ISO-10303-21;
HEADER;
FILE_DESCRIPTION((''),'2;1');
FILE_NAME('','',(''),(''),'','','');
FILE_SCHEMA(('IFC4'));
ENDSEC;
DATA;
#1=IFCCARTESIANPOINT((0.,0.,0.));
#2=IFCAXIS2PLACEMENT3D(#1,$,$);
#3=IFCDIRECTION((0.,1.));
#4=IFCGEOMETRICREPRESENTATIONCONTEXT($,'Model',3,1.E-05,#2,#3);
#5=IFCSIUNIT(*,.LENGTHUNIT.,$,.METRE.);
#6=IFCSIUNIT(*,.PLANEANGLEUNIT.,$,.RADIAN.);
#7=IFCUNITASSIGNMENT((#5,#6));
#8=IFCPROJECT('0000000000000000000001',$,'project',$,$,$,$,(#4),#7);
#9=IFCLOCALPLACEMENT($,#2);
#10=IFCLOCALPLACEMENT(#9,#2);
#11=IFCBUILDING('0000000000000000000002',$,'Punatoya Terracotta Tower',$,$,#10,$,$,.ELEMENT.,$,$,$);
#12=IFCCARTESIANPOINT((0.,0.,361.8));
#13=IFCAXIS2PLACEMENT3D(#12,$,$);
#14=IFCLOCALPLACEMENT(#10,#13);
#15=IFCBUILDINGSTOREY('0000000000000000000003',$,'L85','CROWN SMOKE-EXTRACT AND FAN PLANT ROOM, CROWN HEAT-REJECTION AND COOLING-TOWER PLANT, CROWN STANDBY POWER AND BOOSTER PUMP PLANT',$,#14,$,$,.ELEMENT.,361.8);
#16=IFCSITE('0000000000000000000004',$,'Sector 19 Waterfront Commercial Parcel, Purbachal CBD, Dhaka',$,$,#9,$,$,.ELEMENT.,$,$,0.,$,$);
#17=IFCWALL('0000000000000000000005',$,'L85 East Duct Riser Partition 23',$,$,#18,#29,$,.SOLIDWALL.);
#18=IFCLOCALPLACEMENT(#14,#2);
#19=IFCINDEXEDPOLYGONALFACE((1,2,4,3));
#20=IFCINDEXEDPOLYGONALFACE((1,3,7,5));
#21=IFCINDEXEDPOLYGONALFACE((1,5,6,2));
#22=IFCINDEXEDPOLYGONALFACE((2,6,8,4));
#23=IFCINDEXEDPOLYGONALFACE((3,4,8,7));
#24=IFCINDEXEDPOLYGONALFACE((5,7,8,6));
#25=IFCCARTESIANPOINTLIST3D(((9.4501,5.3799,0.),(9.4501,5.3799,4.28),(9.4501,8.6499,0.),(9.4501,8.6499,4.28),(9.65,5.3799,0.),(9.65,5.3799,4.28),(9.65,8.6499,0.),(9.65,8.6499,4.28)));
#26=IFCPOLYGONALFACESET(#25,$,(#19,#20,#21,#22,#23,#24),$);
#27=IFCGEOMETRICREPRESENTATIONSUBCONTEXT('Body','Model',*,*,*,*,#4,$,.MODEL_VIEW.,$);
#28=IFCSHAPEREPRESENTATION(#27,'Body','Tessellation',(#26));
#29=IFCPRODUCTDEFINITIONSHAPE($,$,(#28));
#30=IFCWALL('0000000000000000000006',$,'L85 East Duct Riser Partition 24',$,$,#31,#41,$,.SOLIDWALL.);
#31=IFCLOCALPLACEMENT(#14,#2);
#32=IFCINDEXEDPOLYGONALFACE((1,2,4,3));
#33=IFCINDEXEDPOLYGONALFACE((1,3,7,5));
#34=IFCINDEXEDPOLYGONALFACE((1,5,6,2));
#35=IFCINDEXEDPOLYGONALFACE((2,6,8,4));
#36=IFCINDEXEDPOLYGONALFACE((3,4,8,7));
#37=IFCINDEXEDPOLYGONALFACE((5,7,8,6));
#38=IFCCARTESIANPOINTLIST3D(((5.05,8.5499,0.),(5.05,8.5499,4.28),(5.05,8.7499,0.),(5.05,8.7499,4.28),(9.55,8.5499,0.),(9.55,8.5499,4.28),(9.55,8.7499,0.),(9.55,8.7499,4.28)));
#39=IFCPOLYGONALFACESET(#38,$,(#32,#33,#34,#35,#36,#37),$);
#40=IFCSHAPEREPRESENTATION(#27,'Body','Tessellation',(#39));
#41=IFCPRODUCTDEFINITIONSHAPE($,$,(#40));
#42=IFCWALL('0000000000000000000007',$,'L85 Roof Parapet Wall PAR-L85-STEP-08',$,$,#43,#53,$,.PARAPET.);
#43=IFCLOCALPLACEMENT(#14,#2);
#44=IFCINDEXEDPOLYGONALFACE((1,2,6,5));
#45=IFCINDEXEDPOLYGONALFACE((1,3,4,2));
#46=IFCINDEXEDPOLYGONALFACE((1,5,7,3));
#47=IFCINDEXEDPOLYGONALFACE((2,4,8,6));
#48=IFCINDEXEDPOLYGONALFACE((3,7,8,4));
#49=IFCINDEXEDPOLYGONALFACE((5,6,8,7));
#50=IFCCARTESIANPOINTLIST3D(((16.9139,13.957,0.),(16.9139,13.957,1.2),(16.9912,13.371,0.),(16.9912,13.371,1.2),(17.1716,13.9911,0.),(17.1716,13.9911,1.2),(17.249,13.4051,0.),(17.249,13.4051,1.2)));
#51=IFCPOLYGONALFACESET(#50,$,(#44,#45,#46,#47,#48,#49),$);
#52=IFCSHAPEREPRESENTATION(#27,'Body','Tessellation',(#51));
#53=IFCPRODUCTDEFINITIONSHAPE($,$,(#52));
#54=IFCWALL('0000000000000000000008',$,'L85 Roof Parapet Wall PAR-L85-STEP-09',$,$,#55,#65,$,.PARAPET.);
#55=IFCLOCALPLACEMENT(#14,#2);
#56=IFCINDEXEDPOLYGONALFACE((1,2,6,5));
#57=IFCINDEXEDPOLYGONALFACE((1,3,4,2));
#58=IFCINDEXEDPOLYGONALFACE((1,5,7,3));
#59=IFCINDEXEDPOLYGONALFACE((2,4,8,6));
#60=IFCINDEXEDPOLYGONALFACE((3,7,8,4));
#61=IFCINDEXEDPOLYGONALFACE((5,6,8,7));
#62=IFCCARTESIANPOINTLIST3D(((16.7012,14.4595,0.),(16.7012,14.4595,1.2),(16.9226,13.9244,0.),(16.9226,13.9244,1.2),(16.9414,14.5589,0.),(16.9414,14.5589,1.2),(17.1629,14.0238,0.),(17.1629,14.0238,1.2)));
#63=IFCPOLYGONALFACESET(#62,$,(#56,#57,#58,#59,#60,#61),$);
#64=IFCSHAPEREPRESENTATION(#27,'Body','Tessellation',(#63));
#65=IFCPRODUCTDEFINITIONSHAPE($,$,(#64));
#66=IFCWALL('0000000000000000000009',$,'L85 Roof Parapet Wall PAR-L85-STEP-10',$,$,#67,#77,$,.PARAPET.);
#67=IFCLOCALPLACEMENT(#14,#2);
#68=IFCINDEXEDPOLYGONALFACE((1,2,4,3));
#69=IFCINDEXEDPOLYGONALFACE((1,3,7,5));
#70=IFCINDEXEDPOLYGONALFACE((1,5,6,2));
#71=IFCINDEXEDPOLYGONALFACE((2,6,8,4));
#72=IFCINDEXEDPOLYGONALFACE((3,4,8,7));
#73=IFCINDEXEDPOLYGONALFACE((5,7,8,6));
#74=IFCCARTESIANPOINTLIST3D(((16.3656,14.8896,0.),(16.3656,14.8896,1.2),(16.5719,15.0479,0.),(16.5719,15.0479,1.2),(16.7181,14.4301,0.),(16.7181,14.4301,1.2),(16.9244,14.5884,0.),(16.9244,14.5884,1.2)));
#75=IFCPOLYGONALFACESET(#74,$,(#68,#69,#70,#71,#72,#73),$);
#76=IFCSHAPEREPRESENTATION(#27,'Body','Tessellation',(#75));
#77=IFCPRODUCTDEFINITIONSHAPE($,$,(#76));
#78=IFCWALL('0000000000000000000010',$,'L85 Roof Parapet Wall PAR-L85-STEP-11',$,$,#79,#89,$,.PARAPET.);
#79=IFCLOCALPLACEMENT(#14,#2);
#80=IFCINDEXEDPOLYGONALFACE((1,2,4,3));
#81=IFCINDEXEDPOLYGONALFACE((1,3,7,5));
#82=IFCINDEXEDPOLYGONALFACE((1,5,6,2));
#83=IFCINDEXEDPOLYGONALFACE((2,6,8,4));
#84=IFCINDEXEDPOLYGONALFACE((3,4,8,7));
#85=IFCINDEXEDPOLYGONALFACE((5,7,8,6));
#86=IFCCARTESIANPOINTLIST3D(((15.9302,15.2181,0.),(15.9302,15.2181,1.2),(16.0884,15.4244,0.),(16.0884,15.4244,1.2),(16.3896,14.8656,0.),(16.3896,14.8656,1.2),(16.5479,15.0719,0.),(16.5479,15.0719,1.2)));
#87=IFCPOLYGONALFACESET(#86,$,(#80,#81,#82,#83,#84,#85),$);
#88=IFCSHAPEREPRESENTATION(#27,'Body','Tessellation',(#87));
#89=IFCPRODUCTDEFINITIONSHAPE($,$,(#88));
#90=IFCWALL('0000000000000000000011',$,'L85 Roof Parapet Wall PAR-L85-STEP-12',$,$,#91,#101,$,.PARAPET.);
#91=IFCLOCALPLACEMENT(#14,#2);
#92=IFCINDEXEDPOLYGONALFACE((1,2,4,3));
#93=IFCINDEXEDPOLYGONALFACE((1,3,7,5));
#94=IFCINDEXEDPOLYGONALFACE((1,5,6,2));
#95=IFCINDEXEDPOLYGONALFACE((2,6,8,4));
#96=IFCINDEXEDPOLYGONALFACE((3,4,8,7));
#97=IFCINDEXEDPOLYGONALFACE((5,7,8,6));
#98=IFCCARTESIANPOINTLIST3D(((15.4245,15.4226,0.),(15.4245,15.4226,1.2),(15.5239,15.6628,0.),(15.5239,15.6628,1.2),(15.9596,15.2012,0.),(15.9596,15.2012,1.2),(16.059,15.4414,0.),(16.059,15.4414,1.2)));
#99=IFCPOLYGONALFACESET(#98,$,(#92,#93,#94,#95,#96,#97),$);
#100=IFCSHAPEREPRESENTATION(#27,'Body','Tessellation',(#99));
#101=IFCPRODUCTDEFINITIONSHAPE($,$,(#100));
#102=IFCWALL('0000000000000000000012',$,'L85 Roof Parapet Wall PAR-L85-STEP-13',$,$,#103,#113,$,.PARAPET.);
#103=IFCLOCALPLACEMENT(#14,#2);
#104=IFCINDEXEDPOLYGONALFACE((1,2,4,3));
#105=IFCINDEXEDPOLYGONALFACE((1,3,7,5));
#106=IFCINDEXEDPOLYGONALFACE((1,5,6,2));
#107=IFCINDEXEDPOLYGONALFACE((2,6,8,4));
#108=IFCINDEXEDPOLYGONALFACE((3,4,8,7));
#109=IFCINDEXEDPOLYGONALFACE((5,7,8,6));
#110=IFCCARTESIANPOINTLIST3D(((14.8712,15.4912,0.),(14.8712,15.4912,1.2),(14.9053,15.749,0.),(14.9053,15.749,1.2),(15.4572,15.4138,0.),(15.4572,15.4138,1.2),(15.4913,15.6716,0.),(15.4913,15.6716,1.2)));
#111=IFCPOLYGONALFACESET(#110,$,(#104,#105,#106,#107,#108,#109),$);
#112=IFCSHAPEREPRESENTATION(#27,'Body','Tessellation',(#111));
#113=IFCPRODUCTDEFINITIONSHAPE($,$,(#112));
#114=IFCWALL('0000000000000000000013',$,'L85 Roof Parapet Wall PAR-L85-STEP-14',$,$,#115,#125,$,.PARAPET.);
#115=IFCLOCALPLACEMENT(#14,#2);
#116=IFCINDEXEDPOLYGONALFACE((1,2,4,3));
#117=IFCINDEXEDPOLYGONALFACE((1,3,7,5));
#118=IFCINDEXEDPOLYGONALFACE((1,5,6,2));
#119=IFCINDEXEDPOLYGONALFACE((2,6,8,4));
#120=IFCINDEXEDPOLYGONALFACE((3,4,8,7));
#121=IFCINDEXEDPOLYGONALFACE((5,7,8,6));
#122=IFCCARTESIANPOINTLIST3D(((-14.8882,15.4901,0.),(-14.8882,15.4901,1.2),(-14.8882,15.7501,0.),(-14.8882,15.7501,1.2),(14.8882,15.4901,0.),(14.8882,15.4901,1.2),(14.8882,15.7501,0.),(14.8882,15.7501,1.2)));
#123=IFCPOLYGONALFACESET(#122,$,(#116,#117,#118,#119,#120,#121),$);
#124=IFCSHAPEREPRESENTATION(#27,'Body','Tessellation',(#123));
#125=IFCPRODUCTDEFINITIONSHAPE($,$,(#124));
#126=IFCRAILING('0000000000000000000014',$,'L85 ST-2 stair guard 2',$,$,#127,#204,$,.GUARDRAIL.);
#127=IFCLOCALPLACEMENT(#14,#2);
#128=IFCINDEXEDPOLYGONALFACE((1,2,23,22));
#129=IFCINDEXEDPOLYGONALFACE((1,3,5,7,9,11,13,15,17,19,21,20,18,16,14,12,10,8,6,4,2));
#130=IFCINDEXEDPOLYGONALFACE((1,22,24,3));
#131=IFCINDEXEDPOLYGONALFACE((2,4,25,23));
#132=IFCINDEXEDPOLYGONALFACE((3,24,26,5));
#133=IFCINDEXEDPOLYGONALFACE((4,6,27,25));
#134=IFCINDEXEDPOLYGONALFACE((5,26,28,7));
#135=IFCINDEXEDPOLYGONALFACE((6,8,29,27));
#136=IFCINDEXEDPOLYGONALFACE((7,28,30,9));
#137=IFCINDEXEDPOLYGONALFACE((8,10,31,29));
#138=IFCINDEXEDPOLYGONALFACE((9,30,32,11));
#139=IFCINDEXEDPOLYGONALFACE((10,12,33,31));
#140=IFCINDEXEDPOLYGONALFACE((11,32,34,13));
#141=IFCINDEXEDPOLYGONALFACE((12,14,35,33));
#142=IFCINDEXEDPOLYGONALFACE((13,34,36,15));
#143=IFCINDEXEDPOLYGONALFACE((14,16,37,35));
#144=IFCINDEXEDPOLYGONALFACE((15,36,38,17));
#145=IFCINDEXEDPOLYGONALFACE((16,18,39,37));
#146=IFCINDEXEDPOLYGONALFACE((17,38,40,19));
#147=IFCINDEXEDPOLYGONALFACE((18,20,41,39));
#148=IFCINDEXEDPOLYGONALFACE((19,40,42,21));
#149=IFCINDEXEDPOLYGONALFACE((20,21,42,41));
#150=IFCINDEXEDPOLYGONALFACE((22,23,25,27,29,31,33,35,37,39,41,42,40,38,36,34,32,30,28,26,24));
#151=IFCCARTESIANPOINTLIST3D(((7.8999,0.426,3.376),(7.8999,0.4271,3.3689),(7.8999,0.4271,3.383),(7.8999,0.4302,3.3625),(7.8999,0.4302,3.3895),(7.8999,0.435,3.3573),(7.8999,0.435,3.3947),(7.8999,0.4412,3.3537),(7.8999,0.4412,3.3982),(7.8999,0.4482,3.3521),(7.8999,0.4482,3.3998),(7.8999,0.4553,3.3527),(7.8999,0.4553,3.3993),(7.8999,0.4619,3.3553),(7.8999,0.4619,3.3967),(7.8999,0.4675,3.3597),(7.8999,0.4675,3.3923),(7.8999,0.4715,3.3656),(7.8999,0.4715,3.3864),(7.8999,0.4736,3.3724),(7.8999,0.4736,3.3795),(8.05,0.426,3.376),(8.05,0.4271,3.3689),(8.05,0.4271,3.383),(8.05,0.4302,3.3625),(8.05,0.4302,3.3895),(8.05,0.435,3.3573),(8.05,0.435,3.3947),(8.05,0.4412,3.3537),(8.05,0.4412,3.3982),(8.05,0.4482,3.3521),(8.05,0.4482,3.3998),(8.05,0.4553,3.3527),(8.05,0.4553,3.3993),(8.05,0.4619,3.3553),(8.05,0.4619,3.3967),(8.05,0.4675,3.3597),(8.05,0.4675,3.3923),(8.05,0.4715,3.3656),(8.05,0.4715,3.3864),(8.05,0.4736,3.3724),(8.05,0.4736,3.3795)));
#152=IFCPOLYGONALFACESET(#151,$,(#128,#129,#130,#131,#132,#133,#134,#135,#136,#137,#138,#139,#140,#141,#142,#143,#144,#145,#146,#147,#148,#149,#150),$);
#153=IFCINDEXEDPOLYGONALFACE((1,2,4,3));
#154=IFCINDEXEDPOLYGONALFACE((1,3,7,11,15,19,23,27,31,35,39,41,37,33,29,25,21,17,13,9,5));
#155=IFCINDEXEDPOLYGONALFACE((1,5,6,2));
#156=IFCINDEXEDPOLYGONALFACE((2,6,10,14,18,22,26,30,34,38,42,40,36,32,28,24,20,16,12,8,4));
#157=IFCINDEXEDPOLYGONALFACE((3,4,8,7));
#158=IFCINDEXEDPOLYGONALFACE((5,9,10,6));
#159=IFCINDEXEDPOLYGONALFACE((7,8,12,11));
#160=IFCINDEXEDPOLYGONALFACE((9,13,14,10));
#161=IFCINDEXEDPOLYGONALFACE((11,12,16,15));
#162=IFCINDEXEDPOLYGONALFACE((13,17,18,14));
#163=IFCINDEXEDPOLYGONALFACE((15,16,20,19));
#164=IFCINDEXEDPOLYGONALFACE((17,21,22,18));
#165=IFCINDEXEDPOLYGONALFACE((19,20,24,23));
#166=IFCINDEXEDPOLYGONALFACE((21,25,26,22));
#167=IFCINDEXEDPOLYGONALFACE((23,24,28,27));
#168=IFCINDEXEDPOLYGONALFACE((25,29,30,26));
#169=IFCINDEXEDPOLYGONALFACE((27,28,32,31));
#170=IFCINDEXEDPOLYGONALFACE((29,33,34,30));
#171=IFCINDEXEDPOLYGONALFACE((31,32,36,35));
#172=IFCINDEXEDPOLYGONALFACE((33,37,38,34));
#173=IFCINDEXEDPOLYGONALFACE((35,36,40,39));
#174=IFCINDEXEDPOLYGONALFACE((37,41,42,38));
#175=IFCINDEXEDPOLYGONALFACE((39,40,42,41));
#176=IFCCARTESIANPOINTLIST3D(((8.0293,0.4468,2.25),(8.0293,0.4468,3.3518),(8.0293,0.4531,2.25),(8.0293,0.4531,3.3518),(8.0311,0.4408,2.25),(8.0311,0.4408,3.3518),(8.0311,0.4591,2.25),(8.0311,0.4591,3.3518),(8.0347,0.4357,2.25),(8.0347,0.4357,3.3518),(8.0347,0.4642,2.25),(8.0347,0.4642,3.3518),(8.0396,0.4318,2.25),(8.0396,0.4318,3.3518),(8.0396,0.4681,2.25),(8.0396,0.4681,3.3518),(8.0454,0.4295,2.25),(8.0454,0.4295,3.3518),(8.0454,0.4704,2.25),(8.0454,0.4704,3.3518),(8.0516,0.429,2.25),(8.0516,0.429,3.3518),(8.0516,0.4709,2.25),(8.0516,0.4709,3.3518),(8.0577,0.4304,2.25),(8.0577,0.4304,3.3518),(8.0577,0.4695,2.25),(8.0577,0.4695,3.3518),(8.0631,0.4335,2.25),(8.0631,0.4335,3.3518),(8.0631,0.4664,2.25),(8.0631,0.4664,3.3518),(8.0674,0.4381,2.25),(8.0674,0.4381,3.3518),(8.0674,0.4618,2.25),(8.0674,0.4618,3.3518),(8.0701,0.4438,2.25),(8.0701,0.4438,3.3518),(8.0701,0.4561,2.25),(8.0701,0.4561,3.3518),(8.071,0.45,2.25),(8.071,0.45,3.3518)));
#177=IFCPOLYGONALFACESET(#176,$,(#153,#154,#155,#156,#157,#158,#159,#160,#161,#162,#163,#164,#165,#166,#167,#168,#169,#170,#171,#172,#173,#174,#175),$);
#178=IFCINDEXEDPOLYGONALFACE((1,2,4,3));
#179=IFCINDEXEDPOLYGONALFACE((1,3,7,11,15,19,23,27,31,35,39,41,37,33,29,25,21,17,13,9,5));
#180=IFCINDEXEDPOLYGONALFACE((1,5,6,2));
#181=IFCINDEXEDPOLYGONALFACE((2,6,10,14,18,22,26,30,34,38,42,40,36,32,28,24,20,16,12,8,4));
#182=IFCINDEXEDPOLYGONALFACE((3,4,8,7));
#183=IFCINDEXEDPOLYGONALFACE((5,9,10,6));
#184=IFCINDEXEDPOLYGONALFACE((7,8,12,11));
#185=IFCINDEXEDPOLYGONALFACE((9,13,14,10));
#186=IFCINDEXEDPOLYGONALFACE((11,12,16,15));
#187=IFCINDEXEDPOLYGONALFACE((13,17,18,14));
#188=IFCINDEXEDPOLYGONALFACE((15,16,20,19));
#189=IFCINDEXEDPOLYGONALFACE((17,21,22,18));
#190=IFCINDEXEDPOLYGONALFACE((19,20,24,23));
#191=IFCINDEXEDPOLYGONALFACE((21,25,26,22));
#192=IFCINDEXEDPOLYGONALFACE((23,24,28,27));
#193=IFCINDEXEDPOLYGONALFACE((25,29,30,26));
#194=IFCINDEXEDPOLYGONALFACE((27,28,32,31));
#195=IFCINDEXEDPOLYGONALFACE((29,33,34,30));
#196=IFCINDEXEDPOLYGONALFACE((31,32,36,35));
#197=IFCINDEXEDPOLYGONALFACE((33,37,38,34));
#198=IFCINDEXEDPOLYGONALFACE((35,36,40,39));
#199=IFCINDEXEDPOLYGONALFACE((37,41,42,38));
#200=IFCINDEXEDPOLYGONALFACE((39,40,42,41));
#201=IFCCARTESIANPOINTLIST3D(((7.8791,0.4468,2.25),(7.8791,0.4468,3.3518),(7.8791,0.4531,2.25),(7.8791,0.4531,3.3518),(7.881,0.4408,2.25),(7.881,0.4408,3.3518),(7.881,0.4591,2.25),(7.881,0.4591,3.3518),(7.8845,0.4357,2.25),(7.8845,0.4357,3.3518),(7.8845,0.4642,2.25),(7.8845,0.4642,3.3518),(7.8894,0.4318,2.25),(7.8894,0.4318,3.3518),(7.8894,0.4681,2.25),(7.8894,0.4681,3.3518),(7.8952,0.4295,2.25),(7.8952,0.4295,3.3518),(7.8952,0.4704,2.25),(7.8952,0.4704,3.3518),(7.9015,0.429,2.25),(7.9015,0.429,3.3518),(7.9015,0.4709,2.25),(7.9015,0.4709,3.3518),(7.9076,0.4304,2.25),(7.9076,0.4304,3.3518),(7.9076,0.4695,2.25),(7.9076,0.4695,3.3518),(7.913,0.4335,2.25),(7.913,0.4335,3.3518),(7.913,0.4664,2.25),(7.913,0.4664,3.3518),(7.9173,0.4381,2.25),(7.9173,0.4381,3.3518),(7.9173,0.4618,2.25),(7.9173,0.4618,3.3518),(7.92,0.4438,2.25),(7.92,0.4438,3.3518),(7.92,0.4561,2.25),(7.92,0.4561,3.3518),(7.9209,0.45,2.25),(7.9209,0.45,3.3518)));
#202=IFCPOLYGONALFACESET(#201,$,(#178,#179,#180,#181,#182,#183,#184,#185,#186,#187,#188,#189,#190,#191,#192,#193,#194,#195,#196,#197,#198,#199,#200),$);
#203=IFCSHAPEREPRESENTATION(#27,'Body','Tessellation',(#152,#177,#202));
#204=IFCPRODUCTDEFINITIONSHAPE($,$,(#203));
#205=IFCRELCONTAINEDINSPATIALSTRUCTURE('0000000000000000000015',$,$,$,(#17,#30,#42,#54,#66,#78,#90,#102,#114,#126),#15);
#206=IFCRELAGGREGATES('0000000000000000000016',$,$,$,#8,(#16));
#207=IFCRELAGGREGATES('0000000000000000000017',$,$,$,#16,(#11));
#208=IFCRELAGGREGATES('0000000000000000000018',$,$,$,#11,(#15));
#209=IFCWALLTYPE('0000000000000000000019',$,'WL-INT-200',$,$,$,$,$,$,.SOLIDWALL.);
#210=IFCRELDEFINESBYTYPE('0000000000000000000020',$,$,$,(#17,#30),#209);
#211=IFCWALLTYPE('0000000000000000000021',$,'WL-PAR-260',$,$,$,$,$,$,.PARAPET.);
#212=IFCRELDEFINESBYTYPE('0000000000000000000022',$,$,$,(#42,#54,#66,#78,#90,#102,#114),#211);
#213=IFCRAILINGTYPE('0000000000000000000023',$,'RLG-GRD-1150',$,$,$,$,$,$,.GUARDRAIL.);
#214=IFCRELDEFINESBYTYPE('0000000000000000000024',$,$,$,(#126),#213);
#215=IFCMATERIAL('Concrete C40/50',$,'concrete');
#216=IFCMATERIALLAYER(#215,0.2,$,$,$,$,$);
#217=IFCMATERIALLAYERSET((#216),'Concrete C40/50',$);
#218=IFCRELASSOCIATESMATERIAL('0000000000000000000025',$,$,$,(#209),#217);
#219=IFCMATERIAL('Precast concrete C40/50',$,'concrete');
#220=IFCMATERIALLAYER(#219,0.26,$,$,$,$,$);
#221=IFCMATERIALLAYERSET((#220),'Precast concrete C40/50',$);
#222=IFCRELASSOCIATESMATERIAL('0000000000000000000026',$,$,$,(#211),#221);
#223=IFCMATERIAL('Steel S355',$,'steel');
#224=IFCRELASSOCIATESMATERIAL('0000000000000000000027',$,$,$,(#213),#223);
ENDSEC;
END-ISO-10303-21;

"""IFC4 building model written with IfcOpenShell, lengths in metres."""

from ifc_helpers import new_model, si_unit, direction, frame, frame_2d, origin, origin_2d, place, context, subcontext, project, spatial, rectangle, circle, extrude, material, layer, layer_set, type_object, element, save


model = new_model("IFC4")

# Units and contexts
model_context = context("Model", 3, precision=1e-05, world=origin(), true_north=direction((0.0, 1.0)))
body_context = subcontext(model_context, "Body", "Model", "MODEL_VIEW")
ifc_project = project(units=[si_unit("LENGTHUNIT", "METRE"), si_unit("PLANEANGLEUNIT", "RADIAN")], contexts=[model_context])

# Site, building, storey
site_placement = place(None, origin())
site = spatial("IfcSite", under=ifc_project, at=site_placement, Name="Sector 19 Waterfront Commercial Parcel, Purbachal CBD, Dhaka", CompositionType="ELEMENT", RefElevation=0.0)
building_placement = place(site_placement, origin())
building = spatial("IfcBuilding", under=site, at=building_placement, Name="Punatoya Terracotta Tower", CompositionType="ELEMENT")
storey_placement = place(building_placement, frame((0.0, 0.0, 361.8)))
storey = spatial("IfcBuildingStorey", under=building, at=storey_placement, Name="L85", Description="CROWN SMOKE-EXTRACT AND FAN PLANT ROOM, CROWN HEAT-REJECTION AND COOLING-TOWER PLANT, CROWN STANDBY POWER AND BOOSTER PUMP PLANT", CompositionType="ELEMENT", Elevation=361.8)

# Shared definitions
ifc_material_1 = material(Name="Steel S355", Category="steel")

# Shared definitions
ifc_material_2 = material(Name="Precast concrete C40/50", Category="concrete")
ifc_material_3 = material(Name="Concrete C40/50", Category="concrete")

# Walls
ifc_layer_1 = layer(ifc_material_3, 0.2)
ifc_layer_set_1 = layer_set([ifc_layer_1], Name="Concrete C40/50")
wall_type_1 = type_object("IfcWallType", Name="WL-INT-200", PredefinedType="SOLIDWALL", material=ifc_layer_set_1)
wall_1_placement = place(storey_placement, frame((9.55, 5.3799, 0.0), z_axis=(0.0, 0.0, 1.0), x_axis=(0.0, 1.0, 0.0)))
element("IfcWall", 1, at=wall_1_placement, inside=storey, type_object=wall_type_1, Name="L85 East Duct Riser Partition 23", PredefinedType="SOLIDWALL", context=body_context, shape_type="SweptSolid", body=[
    extrude(rectangle(XDim=3.27, YDim=0.2, at=frame_2d((1.635, 0.0))), origin(), (0.0, 0.0, 1.0), 4.28),
])
wall_2_placement = place(storey_placement, frame((9.55, 8.6499, 0.0), z_axis=(0.0, 0.0, 1.0), x_axis=(-1.0, 0.0, 0.0)))
element("IfcWall", 2, at=wall_2_placement, inside=storey, type_object=wall_type_1, Name="L85 East Duct Riser Partition 24", PredefinedType="SOLIDWALL", context=body_context, shape_type="SweptSolid", body=[
    extrude(rectangle(XDim=4.5, YDim=0.2, at=frame_2d((2.25, 0.0))), origin(), (0.0, 0.0, 1.0), 4.28),
])
ifc_layer_2 = layer(ifc_material_2, 0.26)
ifc_layer_set_2 = layer_set([ifc_layer_2], Name="Precast concrete C40/50")
wall_type_2 = type_object("IfcWallType", Name="WL-PAR-260", PredefinedType="PARAPET", material=ifc_layer_set_2)
wall_3_placement = place(storey_placement, frame((17.1201, 13.3882, 0.0), z_axis=(0.0, 0.0, 1.0), x_axis=(-0.130946, 0.991389, 0.0)))
element("IfcWall", 3, at=wall_3_placement, inside=storey, type_object=wall_type_2, Name="L85 Roof Parapet Wall PAR-L85-STEP-08", PredefinedType="PARAPET", context=body_context, shape_type="SweptSolid", body=[
    extrude(rectangle(XDim=0.5911, YDim=0.26, at=frame_2d((0.2954, 0.0))), origin(), (0.0, 0.0, 1.0), 1.2),
])
for number, where, z_axis, x_axis, name in (
    (4, (17.0427, 13.9741, 0.0), (0.0, 0.0, 1.0), (-0.382339, 0.924022, 0.0), "L85 Roof Parapet Wall PAR-L85-STEP-09"),
    (5, (16.8213, 14.5093, 0.0), (0.0, 0.0, 1.0), (-0.608732, 0.793376, 0.0), "L85 Roof Parapet Wall PAR-L85-STEP-10"),
    (6, (16.4688, 14.9688, 0.0), (0.0, 0.0, 1.0), (-0.793376, 0.608732, 0.0), "L85 Roof Parapet Wall PAR-L85-STEP-11"),
    (7, (16.0093, 15.3213, 0.0), (0.0, 0.0, 1.0), (-0.924022, 0.382339, 0.0), "L85 Roof Parapet Wall PAR-L85-STEP-12"),
):
    element("IfcWall", number, at=place(storey_placement, frame(where, z_axis=z_axis, x_axis=x_axis)), inside=storey, type_object=wall_type_2, Name=name, PredefinedType="PARAPET", context=body_context, shape_type="SweptSolid", body=[
        extrude(rectangle(XDim=0.5791, YDim=0.26, at=frame_2d((0.2896, 0.0))), origin(), (0.0, 0.0, 1.0), 1.2),
    ])
wall_4_placement = place(storey_placement, frame((15.4741, 15.5427, 0.0), z_axis=(0.0, 0.0, 1.0), x_axis=(-0.991389, 0.130946, 0.0)))
element("IfcWall", 8, at=wall_4_placement, inside=storey, type_object=wall_type_2, Name="L85 Roof Parapet Wall PAR-L85-STEP-13", PredefinedType="PARAPET", context=body_context, shape_type="SweptSolid", body=[
    extrude(rectangle(XDim=0.5911, YDim=0.26, at=frame_2d((0.2954, 0.0))), origin(), (0.0, 0.0, 1.0), 1.2),
])
wall_5_placement = place(storey_placement, frame((14.8882, 15.6201, 0.0), z_axis=(0.0, 0.0, 1.0), x_axis=(-1.0, 0.0, 0.0)))
element("IfcWall", 9, at=wall_5_placement, inside=storey, type_object=wall_type_2, Name="L85 Roof Parapet Wall PAR-L85-STEP-14", PredefinedType="PARAPET", context=body_context, shape_type="SweptSolid", body=[
    extrude(rectangle(XDim=29.7764, YDim=0.26, at=frame_2d((14.8882, 0.0))), origin(), (0.0, 0.0, 1.0), 1.2),
])

# Railing
railing_type = type_object("IfcRailingType", Name="RLG-GRD-1150", PredefinedType="GUARDRAIL", material=ifc_material_1)
railing_placement = place(storey_placement, frame((8.05, 0.45, 2.25)))
element("IfcRailing", 10, at=railing_placement, inside=storey, type_object=railing_type, Name="L85 ST-2 stair guard 2", PredefinedType="GUARDRAIL", context=body_context, shape_type="SweptSolid", body=[
    extrude(circle(Radius=0.0239, at=origin_2d()), frame((0.0, 0.0, 1.126), z_axis=(-1.0, 0.0, 0.0), x_axis=(0.0, -1.0, 0.0)), (0.0, 0.0, 1.0), 0.1501),
    extrude(circle(Radius=0.021, at=origin_2d()), origin(), (0.0, 0.0, 1.0), 1.1018),
    extrude(circle(Radius=0.021, at=origin_2d()), frame((-0.1501, 0.0, 0.0)), (0.0, 0.0, 1.0), 1.1018),
])

save(model, "model.ifc")
